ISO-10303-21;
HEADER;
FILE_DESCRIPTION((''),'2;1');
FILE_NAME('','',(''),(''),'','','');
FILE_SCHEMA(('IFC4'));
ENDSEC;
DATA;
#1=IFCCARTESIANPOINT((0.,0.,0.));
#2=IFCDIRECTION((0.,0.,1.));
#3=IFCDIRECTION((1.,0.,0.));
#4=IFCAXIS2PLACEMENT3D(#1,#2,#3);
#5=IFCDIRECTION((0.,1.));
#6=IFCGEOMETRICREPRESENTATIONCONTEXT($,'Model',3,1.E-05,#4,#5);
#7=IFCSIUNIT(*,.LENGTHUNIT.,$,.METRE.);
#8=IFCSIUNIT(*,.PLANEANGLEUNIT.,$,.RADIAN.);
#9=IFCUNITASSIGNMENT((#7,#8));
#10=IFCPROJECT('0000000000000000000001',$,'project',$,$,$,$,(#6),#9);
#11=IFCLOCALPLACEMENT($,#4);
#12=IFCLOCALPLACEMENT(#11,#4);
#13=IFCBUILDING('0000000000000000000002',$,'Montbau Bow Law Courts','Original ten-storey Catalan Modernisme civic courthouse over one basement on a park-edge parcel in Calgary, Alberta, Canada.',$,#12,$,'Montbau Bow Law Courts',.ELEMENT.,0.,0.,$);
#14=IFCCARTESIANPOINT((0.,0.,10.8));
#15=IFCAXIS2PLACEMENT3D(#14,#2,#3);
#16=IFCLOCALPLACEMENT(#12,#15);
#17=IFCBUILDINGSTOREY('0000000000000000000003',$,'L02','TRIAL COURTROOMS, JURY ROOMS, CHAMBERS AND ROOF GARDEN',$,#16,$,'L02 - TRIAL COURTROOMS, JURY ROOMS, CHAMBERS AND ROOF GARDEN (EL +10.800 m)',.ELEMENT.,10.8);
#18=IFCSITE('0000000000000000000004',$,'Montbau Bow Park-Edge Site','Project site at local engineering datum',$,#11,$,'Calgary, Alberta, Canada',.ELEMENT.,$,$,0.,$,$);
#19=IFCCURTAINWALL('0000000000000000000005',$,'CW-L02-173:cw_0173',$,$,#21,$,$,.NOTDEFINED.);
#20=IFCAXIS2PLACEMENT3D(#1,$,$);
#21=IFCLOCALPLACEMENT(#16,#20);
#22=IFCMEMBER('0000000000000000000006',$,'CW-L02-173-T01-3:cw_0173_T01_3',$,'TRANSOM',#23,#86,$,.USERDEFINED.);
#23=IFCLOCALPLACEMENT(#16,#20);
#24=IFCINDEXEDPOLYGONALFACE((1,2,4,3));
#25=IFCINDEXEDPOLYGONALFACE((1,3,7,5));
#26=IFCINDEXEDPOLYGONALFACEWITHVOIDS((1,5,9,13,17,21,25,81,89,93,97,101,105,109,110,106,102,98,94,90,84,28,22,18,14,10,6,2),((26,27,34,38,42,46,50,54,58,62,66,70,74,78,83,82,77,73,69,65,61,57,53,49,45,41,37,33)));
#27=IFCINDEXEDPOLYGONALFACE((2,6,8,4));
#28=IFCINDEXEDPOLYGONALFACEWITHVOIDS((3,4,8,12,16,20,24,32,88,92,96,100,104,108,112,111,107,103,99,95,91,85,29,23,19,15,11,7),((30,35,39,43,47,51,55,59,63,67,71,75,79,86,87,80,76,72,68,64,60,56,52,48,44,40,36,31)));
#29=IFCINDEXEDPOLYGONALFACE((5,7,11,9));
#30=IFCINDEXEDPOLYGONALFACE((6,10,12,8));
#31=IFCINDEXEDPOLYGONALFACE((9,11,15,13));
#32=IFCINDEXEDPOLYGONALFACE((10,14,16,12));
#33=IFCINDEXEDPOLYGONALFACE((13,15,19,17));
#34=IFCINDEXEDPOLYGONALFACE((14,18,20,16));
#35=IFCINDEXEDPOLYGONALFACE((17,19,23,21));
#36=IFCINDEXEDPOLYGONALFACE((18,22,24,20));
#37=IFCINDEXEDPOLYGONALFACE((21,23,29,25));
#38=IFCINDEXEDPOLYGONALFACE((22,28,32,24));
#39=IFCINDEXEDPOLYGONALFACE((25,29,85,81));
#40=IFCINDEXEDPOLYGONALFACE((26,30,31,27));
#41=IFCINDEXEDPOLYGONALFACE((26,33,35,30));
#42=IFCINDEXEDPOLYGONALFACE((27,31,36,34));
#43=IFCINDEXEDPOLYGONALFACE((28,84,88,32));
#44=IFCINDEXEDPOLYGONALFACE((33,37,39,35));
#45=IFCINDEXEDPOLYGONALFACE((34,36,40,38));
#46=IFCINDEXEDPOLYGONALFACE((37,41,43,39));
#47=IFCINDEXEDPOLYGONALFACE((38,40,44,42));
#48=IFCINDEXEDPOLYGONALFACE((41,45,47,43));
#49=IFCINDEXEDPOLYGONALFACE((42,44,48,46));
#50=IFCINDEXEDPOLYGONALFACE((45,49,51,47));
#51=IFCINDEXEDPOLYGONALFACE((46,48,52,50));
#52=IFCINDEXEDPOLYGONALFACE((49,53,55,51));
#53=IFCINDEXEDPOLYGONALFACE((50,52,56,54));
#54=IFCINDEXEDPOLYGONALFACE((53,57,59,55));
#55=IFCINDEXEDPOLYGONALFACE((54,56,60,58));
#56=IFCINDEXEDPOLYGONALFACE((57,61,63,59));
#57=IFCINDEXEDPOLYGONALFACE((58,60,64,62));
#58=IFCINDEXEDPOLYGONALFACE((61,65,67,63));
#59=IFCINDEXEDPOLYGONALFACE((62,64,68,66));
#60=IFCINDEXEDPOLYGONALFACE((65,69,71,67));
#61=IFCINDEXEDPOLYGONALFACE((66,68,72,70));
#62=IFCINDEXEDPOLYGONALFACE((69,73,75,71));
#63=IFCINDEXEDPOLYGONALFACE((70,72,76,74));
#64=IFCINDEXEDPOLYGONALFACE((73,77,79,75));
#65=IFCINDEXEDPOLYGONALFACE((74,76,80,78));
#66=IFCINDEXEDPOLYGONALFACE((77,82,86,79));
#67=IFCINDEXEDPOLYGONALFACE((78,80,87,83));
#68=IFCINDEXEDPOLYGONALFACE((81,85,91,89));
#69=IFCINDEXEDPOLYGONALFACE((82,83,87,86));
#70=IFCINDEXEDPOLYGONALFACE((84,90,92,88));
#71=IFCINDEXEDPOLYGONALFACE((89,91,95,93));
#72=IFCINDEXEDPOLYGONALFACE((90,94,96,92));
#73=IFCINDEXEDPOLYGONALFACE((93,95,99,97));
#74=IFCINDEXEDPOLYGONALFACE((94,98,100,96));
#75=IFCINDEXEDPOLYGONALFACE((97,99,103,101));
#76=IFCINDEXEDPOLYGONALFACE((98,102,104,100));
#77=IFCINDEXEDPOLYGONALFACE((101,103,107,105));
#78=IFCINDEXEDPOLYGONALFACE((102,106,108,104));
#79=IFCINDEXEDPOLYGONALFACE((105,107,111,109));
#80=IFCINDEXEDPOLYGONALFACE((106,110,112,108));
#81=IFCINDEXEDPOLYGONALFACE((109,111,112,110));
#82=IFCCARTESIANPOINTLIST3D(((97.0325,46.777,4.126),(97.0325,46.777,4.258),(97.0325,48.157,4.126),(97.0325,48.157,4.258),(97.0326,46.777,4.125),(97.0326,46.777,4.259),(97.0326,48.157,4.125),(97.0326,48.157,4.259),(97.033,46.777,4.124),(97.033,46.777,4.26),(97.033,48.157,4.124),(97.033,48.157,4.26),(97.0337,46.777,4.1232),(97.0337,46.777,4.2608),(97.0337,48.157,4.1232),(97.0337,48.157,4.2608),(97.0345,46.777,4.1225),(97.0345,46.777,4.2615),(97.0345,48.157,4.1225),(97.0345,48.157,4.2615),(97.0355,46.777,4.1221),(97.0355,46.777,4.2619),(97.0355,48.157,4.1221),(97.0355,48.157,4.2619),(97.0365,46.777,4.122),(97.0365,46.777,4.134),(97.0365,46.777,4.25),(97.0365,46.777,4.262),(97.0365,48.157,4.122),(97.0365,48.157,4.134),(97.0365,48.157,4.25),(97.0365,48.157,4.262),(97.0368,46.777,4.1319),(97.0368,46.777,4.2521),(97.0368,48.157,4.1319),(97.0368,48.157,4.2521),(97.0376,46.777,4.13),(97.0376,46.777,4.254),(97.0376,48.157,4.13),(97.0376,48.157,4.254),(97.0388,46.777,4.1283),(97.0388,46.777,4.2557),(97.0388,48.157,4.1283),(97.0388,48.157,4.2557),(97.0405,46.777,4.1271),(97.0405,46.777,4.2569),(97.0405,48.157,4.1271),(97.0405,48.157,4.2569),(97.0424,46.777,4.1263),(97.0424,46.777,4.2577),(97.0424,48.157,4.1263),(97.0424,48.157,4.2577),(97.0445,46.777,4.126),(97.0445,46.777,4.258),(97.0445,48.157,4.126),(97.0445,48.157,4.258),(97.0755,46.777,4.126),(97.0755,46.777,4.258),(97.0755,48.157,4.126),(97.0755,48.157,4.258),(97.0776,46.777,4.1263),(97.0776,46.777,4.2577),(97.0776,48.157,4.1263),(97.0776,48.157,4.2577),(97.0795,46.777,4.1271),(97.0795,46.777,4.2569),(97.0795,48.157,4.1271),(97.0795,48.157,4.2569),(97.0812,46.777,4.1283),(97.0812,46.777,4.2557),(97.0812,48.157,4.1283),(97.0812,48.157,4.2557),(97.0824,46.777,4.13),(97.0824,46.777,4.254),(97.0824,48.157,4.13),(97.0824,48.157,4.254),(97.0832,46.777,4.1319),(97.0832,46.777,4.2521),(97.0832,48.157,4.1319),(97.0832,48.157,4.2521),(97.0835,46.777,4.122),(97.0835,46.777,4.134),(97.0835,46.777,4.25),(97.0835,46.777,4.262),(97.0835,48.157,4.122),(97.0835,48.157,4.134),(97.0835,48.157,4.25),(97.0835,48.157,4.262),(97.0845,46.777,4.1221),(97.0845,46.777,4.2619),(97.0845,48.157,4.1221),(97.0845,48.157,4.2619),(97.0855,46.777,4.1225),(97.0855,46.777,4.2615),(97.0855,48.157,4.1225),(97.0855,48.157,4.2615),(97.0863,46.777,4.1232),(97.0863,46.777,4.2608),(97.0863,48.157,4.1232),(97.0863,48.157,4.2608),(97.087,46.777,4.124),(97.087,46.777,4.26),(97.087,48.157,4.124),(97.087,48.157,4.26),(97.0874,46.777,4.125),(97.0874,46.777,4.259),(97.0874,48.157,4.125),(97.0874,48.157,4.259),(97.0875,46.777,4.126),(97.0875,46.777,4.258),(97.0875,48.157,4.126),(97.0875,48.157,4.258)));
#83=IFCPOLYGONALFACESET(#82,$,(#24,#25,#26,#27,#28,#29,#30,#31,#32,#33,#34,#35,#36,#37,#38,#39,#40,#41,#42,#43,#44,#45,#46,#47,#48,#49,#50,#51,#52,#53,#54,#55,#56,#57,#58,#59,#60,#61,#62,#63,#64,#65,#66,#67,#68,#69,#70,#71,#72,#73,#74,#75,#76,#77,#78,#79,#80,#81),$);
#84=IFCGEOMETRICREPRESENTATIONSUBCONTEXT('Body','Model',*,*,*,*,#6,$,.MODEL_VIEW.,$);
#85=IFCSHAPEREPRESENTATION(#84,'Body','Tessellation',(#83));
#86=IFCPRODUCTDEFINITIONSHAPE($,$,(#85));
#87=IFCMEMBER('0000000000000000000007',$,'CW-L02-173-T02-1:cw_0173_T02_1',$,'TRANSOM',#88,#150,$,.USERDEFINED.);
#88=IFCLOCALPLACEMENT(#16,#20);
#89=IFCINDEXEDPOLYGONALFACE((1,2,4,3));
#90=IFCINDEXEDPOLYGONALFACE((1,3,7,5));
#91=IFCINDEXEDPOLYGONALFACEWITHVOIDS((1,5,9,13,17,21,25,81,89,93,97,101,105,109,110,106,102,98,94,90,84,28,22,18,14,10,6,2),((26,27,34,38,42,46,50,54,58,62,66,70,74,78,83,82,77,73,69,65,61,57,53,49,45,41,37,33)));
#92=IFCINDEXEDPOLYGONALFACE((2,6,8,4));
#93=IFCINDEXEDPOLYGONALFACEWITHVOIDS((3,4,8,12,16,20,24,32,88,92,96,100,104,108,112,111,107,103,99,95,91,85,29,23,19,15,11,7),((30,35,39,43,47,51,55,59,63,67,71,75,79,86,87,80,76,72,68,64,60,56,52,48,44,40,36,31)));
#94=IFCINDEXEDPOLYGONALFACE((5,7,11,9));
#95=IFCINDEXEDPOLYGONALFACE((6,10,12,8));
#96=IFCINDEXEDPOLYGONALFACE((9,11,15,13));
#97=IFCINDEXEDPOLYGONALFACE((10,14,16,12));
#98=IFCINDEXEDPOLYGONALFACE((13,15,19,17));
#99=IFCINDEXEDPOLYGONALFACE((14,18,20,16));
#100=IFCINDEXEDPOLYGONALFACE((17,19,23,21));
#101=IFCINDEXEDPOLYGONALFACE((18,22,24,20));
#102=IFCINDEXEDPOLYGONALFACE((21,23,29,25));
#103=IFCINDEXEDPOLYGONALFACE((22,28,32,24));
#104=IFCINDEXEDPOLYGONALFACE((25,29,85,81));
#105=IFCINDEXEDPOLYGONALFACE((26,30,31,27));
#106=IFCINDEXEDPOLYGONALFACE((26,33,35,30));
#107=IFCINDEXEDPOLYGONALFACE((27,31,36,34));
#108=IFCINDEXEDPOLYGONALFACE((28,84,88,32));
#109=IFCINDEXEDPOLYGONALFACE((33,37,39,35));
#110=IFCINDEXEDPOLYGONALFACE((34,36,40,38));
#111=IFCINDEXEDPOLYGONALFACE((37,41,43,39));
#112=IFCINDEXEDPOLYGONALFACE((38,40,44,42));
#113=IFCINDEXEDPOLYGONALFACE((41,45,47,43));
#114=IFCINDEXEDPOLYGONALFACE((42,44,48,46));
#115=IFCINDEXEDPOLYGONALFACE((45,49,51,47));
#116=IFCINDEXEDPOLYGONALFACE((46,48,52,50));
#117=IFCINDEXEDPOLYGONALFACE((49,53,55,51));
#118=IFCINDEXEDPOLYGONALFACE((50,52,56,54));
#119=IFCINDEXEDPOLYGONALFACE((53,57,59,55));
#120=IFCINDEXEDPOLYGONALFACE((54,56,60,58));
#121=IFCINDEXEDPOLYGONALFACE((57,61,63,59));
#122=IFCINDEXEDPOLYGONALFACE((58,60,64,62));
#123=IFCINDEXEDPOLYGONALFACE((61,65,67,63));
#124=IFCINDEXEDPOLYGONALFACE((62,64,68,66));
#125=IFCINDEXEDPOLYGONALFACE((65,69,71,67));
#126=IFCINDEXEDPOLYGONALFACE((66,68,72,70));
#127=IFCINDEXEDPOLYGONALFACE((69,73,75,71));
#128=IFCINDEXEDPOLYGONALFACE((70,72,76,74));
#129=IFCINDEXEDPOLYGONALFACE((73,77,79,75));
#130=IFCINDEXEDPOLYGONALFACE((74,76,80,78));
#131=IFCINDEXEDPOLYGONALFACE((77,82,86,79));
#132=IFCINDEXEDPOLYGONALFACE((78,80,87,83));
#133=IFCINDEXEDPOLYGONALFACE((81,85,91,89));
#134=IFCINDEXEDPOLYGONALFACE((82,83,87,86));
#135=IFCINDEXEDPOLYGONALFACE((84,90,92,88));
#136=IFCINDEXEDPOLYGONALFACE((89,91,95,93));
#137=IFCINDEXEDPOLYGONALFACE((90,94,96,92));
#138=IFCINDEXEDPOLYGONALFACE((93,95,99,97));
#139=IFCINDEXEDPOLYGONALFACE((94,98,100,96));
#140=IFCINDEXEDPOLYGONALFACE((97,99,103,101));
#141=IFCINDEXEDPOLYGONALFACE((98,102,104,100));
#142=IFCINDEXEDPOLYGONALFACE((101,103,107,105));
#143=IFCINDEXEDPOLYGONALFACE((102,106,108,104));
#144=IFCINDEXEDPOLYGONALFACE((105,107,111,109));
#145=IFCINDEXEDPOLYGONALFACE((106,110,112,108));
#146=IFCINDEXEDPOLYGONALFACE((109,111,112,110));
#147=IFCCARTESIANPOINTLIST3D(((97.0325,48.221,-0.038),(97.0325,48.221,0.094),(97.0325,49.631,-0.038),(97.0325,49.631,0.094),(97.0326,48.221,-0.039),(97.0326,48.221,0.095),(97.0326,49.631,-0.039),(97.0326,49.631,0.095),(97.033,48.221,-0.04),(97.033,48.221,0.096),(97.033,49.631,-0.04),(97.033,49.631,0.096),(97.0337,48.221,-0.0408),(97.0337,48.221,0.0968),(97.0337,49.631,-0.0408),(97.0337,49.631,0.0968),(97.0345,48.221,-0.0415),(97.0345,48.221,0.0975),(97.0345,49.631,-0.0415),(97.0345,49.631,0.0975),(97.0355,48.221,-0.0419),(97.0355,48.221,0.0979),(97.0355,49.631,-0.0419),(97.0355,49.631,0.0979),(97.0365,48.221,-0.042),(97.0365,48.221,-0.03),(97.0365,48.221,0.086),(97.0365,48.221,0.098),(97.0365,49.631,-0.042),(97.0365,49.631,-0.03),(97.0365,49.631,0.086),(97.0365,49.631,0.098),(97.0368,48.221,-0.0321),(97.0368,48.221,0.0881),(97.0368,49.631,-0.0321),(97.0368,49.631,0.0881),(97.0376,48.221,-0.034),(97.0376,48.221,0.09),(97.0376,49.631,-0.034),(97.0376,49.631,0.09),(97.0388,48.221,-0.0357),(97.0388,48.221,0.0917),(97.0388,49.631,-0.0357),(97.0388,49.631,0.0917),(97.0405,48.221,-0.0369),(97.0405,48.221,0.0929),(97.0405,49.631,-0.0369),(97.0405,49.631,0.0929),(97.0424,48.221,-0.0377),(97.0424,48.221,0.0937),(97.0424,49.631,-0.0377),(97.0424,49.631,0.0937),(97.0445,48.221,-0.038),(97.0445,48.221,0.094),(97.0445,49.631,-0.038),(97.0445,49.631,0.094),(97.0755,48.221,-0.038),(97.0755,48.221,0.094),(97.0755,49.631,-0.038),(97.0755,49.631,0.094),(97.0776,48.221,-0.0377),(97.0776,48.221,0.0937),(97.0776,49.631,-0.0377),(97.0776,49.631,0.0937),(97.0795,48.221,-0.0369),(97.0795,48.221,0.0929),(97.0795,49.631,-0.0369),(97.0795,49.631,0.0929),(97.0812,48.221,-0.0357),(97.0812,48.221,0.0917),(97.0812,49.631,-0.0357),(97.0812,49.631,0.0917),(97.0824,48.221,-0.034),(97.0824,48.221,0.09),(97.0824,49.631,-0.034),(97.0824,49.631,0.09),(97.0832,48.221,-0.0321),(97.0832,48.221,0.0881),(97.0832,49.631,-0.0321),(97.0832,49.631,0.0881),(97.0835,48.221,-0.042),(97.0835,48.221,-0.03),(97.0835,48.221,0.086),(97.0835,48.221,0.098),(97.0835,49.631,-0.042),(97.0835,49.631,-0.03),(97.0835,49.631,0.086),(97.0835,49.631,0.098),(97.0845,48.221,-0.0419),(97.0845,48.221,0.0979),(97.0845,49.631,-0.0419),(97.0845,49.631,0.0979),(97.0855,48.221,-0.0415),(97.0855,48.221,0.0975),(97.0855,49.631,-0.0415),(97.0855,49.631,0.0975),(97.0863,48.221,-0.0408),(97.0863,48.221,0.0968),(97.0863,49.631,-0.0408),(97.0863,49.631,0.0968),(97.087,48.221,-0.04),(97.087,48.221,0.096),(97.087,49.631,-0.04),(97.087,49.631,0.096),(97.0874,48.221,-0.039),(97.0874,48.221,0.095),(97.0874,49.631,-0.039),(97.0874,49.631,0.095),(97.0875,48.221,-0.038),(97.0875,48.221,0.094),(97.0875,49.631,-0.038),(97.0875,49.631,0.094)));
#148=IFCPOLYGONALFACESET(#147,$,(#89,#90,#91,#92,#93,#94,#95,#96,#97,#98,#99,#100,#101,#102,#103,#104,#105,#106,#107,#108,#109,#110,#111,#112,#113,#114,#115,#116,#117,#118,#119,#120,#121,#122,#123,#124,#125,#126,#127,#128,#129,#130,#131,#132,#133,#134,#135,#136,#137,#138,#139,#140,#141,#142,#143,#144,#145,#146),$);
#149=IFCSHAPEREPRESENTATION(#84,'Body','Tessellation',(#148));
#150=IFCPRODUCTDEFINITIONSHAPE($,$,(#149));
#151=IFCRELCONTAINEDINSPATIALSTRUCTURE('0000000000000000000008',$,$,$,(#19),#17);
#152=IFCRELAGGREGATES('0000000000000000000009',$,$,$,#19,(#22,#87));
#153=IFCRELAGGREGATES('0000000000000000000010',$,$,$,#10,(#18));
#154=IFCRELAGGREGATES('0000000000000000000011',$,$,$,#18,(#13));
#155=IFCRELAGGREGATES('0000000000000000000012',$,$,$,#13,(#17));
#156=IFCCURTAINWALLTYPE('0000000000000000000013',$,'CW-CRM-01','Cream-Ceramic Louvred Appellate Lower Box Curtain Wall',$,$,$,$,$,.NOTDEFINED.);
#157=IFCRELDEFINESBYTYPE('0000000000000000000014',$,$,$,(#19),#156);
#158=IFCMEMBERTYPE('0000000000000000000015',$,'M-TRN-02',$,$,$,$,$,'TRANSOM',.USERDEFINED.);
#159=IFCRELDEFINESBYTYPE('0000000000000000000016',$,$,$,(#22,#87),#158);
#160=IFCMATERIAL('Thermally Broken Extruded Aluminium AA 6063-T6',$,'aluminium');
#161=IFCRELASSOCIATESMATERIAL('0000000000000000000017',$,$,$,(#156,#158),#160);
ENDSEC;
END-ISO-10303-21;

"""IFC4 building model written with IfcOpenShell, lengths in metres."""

from ifc_helpers import new_model, si_unit, direction, frame, origin_with_axes, origin_2d_with_axis, place, context, subcontext, project, spatial, hollow_rectangle, extrude, material, material_profile, profile_set, type_object, element, aggregate, save


model = new_model("IFC4")

# Units and contexts
model_context = context("Model", 3, precision=1e-05, world=origin_with_axes(), true_north=direction((0.0, 1.0)))
body_context = subcontext(model_context, "Body", "Model", "MODEL_VIEW")
ifc_project = project(units=[si_unit("LENGTHUNIT", "METRE"), si_unit("PLANEANGLEUNIT", "RADIAN")], contexts=[model_context])

# Site, building, storey
site_placement = place(None, origin_with_axes())
site = spatial("IfcSite", under=ifc_project, at=site_placement, Name="Montbau Bow Park-Edge Site", Description="Project site at local engineering datum", LongName="Calgary, Alberta, Canada", CompositionType="ELEMENT", RefElevation=0.0)
building_placement = place(site_placement, origin_with_axes())
building = spatial("IfcBuilding", under=site, at=building_placement, Name="Montbau Bow Law Courts", Description="Original ten-storey Catalan Modernisme civic courthouse over one basement on a park-edge parcel in Calgary, Alberta, Canada.", LongName="Montbau Bow Law Courts", CompositionType="ELEMENT", ElevationOfRefHeight=0.0, ElevationOfTerrain=0.0)
storey_placement = place(building_placement, frame((0.0, 0.0, 10.8), z_axis=(0.0, 0.0, 1.0), x_axis=(1.0, 0.0, 0.0)))
storey = spatial("IfcBuildingStorey", under=building, at=storey_placement, Name="L02", Description="TRIAL COURTROOMS, JURY ROOMS, CHAMBERS AND ROOF GARDEN", LongName="L02 - TRIAL COURTROOMS, JURY ROOMS, CHAMBERS AND ROOF GARDEN (EL +10.800 m)", CompositionType="ELEMENT", Elevation=10.8)

# Curtain wall, members
ifc_material_1 = material(Name="Thermally Broken Extruded Aluminium AA 6063-T6", Category="aluminium")
curtain_wall_type = type_object("IfcCurtainWallType", Name="CW-CRM-01", Description="Cream-Ceramic Louvred Appellate Lower Box Curtain Wall", PredefinedType="NOTDEFINED", material=ifc_material_1)
curtain_wall_placement = place(None, frame((97.06, 46.715, 10.8), z_axis=(0.0, 0.0, 1.0), x_axis=(1.0, 0.0, 0.0)))
curtain_wall = element("IfcCurtainWall", 1, at=curtain_wall_placement, inside=storey, type_object=curtain_wall_type, Name="CW-L02-173:cw_0173", PredefinedType="NOTDEFINED")
ifc_material_profile_1 = material_profile(ifc_material_1, hollow_rectangle(XDim=0.055, YDim=0.14, WallThickness=0.004, InnerFilletRadius=0.008, OuterFilletRadius=0.004, at=origin_2d_with_axis()), Name="CWT-140X55", Category="Main", Priority=0)
ifc_profile_set_1 = profile_set([ifc_material_profile_1], Name="Thermally Broken Extruded Aluminium AA 6063-T6")
member_type_1 = type_object("IfcMemberType", Name="M-TRN-02", ElementType="TRANSOM", PredefinedType="USERDEFINED", material=ifc_profile_set_1)
member_1_placement = place(None, frame((97.06, 46.777, 14.992), z_axis=(0.0, 1.0, 0.0), x_axis=(-1.0, 0.0, 0.0)))
member_1 = element("IfcMember", 2, at=member_1_placement, type_object=member_type_1, Name="CW-L02-173-T01-3:cw_0173_T01_3", ObjectType="TRANSOM", PredefinedType="USERDEFINED", context=body_context, shape_type="SweptSolid", body=[
    extrude(hollow_rectangle(XDim=0.055, YDim=0.14, WallThickness=0.004, InnerFilletRadius=0.008, OuterFilletRadius=0.004, at=origin_2d_with_axis()), origin_with_axes(), (0.0, 0.0, 1.0), 1.38),
])
member_2_placement = place(None, frame((97.06, 48.221, 10.828), z_axis=(0.0, 1.0, 0.0), x_axis=(-1.0, 0.0, 0.0)))
member_2 = element("IfcMember", 3, at=member_2_placement, type_object=member_type_1, Name="CW-L02-173-T02-1:cw_0173_T02_1", ObjectType="TRANSOM", PredefinedType="USERDEFINED", context=body_context, shape_type="SweptSolid", body=[
    extrude(hollow_rectangle(XDim=0.055, YDim=0.14, WallThickness=0.004, InnerFilletRadius=0.008, OuterFilletRadius=0.004, at=origin_2d_with_axis()), origin_with_axes(), (0.0, 0.0, 1.0), 1.41),
])
aggregate(curtain_wall, [member_1, member_2])

save(model, "model.ifc")
